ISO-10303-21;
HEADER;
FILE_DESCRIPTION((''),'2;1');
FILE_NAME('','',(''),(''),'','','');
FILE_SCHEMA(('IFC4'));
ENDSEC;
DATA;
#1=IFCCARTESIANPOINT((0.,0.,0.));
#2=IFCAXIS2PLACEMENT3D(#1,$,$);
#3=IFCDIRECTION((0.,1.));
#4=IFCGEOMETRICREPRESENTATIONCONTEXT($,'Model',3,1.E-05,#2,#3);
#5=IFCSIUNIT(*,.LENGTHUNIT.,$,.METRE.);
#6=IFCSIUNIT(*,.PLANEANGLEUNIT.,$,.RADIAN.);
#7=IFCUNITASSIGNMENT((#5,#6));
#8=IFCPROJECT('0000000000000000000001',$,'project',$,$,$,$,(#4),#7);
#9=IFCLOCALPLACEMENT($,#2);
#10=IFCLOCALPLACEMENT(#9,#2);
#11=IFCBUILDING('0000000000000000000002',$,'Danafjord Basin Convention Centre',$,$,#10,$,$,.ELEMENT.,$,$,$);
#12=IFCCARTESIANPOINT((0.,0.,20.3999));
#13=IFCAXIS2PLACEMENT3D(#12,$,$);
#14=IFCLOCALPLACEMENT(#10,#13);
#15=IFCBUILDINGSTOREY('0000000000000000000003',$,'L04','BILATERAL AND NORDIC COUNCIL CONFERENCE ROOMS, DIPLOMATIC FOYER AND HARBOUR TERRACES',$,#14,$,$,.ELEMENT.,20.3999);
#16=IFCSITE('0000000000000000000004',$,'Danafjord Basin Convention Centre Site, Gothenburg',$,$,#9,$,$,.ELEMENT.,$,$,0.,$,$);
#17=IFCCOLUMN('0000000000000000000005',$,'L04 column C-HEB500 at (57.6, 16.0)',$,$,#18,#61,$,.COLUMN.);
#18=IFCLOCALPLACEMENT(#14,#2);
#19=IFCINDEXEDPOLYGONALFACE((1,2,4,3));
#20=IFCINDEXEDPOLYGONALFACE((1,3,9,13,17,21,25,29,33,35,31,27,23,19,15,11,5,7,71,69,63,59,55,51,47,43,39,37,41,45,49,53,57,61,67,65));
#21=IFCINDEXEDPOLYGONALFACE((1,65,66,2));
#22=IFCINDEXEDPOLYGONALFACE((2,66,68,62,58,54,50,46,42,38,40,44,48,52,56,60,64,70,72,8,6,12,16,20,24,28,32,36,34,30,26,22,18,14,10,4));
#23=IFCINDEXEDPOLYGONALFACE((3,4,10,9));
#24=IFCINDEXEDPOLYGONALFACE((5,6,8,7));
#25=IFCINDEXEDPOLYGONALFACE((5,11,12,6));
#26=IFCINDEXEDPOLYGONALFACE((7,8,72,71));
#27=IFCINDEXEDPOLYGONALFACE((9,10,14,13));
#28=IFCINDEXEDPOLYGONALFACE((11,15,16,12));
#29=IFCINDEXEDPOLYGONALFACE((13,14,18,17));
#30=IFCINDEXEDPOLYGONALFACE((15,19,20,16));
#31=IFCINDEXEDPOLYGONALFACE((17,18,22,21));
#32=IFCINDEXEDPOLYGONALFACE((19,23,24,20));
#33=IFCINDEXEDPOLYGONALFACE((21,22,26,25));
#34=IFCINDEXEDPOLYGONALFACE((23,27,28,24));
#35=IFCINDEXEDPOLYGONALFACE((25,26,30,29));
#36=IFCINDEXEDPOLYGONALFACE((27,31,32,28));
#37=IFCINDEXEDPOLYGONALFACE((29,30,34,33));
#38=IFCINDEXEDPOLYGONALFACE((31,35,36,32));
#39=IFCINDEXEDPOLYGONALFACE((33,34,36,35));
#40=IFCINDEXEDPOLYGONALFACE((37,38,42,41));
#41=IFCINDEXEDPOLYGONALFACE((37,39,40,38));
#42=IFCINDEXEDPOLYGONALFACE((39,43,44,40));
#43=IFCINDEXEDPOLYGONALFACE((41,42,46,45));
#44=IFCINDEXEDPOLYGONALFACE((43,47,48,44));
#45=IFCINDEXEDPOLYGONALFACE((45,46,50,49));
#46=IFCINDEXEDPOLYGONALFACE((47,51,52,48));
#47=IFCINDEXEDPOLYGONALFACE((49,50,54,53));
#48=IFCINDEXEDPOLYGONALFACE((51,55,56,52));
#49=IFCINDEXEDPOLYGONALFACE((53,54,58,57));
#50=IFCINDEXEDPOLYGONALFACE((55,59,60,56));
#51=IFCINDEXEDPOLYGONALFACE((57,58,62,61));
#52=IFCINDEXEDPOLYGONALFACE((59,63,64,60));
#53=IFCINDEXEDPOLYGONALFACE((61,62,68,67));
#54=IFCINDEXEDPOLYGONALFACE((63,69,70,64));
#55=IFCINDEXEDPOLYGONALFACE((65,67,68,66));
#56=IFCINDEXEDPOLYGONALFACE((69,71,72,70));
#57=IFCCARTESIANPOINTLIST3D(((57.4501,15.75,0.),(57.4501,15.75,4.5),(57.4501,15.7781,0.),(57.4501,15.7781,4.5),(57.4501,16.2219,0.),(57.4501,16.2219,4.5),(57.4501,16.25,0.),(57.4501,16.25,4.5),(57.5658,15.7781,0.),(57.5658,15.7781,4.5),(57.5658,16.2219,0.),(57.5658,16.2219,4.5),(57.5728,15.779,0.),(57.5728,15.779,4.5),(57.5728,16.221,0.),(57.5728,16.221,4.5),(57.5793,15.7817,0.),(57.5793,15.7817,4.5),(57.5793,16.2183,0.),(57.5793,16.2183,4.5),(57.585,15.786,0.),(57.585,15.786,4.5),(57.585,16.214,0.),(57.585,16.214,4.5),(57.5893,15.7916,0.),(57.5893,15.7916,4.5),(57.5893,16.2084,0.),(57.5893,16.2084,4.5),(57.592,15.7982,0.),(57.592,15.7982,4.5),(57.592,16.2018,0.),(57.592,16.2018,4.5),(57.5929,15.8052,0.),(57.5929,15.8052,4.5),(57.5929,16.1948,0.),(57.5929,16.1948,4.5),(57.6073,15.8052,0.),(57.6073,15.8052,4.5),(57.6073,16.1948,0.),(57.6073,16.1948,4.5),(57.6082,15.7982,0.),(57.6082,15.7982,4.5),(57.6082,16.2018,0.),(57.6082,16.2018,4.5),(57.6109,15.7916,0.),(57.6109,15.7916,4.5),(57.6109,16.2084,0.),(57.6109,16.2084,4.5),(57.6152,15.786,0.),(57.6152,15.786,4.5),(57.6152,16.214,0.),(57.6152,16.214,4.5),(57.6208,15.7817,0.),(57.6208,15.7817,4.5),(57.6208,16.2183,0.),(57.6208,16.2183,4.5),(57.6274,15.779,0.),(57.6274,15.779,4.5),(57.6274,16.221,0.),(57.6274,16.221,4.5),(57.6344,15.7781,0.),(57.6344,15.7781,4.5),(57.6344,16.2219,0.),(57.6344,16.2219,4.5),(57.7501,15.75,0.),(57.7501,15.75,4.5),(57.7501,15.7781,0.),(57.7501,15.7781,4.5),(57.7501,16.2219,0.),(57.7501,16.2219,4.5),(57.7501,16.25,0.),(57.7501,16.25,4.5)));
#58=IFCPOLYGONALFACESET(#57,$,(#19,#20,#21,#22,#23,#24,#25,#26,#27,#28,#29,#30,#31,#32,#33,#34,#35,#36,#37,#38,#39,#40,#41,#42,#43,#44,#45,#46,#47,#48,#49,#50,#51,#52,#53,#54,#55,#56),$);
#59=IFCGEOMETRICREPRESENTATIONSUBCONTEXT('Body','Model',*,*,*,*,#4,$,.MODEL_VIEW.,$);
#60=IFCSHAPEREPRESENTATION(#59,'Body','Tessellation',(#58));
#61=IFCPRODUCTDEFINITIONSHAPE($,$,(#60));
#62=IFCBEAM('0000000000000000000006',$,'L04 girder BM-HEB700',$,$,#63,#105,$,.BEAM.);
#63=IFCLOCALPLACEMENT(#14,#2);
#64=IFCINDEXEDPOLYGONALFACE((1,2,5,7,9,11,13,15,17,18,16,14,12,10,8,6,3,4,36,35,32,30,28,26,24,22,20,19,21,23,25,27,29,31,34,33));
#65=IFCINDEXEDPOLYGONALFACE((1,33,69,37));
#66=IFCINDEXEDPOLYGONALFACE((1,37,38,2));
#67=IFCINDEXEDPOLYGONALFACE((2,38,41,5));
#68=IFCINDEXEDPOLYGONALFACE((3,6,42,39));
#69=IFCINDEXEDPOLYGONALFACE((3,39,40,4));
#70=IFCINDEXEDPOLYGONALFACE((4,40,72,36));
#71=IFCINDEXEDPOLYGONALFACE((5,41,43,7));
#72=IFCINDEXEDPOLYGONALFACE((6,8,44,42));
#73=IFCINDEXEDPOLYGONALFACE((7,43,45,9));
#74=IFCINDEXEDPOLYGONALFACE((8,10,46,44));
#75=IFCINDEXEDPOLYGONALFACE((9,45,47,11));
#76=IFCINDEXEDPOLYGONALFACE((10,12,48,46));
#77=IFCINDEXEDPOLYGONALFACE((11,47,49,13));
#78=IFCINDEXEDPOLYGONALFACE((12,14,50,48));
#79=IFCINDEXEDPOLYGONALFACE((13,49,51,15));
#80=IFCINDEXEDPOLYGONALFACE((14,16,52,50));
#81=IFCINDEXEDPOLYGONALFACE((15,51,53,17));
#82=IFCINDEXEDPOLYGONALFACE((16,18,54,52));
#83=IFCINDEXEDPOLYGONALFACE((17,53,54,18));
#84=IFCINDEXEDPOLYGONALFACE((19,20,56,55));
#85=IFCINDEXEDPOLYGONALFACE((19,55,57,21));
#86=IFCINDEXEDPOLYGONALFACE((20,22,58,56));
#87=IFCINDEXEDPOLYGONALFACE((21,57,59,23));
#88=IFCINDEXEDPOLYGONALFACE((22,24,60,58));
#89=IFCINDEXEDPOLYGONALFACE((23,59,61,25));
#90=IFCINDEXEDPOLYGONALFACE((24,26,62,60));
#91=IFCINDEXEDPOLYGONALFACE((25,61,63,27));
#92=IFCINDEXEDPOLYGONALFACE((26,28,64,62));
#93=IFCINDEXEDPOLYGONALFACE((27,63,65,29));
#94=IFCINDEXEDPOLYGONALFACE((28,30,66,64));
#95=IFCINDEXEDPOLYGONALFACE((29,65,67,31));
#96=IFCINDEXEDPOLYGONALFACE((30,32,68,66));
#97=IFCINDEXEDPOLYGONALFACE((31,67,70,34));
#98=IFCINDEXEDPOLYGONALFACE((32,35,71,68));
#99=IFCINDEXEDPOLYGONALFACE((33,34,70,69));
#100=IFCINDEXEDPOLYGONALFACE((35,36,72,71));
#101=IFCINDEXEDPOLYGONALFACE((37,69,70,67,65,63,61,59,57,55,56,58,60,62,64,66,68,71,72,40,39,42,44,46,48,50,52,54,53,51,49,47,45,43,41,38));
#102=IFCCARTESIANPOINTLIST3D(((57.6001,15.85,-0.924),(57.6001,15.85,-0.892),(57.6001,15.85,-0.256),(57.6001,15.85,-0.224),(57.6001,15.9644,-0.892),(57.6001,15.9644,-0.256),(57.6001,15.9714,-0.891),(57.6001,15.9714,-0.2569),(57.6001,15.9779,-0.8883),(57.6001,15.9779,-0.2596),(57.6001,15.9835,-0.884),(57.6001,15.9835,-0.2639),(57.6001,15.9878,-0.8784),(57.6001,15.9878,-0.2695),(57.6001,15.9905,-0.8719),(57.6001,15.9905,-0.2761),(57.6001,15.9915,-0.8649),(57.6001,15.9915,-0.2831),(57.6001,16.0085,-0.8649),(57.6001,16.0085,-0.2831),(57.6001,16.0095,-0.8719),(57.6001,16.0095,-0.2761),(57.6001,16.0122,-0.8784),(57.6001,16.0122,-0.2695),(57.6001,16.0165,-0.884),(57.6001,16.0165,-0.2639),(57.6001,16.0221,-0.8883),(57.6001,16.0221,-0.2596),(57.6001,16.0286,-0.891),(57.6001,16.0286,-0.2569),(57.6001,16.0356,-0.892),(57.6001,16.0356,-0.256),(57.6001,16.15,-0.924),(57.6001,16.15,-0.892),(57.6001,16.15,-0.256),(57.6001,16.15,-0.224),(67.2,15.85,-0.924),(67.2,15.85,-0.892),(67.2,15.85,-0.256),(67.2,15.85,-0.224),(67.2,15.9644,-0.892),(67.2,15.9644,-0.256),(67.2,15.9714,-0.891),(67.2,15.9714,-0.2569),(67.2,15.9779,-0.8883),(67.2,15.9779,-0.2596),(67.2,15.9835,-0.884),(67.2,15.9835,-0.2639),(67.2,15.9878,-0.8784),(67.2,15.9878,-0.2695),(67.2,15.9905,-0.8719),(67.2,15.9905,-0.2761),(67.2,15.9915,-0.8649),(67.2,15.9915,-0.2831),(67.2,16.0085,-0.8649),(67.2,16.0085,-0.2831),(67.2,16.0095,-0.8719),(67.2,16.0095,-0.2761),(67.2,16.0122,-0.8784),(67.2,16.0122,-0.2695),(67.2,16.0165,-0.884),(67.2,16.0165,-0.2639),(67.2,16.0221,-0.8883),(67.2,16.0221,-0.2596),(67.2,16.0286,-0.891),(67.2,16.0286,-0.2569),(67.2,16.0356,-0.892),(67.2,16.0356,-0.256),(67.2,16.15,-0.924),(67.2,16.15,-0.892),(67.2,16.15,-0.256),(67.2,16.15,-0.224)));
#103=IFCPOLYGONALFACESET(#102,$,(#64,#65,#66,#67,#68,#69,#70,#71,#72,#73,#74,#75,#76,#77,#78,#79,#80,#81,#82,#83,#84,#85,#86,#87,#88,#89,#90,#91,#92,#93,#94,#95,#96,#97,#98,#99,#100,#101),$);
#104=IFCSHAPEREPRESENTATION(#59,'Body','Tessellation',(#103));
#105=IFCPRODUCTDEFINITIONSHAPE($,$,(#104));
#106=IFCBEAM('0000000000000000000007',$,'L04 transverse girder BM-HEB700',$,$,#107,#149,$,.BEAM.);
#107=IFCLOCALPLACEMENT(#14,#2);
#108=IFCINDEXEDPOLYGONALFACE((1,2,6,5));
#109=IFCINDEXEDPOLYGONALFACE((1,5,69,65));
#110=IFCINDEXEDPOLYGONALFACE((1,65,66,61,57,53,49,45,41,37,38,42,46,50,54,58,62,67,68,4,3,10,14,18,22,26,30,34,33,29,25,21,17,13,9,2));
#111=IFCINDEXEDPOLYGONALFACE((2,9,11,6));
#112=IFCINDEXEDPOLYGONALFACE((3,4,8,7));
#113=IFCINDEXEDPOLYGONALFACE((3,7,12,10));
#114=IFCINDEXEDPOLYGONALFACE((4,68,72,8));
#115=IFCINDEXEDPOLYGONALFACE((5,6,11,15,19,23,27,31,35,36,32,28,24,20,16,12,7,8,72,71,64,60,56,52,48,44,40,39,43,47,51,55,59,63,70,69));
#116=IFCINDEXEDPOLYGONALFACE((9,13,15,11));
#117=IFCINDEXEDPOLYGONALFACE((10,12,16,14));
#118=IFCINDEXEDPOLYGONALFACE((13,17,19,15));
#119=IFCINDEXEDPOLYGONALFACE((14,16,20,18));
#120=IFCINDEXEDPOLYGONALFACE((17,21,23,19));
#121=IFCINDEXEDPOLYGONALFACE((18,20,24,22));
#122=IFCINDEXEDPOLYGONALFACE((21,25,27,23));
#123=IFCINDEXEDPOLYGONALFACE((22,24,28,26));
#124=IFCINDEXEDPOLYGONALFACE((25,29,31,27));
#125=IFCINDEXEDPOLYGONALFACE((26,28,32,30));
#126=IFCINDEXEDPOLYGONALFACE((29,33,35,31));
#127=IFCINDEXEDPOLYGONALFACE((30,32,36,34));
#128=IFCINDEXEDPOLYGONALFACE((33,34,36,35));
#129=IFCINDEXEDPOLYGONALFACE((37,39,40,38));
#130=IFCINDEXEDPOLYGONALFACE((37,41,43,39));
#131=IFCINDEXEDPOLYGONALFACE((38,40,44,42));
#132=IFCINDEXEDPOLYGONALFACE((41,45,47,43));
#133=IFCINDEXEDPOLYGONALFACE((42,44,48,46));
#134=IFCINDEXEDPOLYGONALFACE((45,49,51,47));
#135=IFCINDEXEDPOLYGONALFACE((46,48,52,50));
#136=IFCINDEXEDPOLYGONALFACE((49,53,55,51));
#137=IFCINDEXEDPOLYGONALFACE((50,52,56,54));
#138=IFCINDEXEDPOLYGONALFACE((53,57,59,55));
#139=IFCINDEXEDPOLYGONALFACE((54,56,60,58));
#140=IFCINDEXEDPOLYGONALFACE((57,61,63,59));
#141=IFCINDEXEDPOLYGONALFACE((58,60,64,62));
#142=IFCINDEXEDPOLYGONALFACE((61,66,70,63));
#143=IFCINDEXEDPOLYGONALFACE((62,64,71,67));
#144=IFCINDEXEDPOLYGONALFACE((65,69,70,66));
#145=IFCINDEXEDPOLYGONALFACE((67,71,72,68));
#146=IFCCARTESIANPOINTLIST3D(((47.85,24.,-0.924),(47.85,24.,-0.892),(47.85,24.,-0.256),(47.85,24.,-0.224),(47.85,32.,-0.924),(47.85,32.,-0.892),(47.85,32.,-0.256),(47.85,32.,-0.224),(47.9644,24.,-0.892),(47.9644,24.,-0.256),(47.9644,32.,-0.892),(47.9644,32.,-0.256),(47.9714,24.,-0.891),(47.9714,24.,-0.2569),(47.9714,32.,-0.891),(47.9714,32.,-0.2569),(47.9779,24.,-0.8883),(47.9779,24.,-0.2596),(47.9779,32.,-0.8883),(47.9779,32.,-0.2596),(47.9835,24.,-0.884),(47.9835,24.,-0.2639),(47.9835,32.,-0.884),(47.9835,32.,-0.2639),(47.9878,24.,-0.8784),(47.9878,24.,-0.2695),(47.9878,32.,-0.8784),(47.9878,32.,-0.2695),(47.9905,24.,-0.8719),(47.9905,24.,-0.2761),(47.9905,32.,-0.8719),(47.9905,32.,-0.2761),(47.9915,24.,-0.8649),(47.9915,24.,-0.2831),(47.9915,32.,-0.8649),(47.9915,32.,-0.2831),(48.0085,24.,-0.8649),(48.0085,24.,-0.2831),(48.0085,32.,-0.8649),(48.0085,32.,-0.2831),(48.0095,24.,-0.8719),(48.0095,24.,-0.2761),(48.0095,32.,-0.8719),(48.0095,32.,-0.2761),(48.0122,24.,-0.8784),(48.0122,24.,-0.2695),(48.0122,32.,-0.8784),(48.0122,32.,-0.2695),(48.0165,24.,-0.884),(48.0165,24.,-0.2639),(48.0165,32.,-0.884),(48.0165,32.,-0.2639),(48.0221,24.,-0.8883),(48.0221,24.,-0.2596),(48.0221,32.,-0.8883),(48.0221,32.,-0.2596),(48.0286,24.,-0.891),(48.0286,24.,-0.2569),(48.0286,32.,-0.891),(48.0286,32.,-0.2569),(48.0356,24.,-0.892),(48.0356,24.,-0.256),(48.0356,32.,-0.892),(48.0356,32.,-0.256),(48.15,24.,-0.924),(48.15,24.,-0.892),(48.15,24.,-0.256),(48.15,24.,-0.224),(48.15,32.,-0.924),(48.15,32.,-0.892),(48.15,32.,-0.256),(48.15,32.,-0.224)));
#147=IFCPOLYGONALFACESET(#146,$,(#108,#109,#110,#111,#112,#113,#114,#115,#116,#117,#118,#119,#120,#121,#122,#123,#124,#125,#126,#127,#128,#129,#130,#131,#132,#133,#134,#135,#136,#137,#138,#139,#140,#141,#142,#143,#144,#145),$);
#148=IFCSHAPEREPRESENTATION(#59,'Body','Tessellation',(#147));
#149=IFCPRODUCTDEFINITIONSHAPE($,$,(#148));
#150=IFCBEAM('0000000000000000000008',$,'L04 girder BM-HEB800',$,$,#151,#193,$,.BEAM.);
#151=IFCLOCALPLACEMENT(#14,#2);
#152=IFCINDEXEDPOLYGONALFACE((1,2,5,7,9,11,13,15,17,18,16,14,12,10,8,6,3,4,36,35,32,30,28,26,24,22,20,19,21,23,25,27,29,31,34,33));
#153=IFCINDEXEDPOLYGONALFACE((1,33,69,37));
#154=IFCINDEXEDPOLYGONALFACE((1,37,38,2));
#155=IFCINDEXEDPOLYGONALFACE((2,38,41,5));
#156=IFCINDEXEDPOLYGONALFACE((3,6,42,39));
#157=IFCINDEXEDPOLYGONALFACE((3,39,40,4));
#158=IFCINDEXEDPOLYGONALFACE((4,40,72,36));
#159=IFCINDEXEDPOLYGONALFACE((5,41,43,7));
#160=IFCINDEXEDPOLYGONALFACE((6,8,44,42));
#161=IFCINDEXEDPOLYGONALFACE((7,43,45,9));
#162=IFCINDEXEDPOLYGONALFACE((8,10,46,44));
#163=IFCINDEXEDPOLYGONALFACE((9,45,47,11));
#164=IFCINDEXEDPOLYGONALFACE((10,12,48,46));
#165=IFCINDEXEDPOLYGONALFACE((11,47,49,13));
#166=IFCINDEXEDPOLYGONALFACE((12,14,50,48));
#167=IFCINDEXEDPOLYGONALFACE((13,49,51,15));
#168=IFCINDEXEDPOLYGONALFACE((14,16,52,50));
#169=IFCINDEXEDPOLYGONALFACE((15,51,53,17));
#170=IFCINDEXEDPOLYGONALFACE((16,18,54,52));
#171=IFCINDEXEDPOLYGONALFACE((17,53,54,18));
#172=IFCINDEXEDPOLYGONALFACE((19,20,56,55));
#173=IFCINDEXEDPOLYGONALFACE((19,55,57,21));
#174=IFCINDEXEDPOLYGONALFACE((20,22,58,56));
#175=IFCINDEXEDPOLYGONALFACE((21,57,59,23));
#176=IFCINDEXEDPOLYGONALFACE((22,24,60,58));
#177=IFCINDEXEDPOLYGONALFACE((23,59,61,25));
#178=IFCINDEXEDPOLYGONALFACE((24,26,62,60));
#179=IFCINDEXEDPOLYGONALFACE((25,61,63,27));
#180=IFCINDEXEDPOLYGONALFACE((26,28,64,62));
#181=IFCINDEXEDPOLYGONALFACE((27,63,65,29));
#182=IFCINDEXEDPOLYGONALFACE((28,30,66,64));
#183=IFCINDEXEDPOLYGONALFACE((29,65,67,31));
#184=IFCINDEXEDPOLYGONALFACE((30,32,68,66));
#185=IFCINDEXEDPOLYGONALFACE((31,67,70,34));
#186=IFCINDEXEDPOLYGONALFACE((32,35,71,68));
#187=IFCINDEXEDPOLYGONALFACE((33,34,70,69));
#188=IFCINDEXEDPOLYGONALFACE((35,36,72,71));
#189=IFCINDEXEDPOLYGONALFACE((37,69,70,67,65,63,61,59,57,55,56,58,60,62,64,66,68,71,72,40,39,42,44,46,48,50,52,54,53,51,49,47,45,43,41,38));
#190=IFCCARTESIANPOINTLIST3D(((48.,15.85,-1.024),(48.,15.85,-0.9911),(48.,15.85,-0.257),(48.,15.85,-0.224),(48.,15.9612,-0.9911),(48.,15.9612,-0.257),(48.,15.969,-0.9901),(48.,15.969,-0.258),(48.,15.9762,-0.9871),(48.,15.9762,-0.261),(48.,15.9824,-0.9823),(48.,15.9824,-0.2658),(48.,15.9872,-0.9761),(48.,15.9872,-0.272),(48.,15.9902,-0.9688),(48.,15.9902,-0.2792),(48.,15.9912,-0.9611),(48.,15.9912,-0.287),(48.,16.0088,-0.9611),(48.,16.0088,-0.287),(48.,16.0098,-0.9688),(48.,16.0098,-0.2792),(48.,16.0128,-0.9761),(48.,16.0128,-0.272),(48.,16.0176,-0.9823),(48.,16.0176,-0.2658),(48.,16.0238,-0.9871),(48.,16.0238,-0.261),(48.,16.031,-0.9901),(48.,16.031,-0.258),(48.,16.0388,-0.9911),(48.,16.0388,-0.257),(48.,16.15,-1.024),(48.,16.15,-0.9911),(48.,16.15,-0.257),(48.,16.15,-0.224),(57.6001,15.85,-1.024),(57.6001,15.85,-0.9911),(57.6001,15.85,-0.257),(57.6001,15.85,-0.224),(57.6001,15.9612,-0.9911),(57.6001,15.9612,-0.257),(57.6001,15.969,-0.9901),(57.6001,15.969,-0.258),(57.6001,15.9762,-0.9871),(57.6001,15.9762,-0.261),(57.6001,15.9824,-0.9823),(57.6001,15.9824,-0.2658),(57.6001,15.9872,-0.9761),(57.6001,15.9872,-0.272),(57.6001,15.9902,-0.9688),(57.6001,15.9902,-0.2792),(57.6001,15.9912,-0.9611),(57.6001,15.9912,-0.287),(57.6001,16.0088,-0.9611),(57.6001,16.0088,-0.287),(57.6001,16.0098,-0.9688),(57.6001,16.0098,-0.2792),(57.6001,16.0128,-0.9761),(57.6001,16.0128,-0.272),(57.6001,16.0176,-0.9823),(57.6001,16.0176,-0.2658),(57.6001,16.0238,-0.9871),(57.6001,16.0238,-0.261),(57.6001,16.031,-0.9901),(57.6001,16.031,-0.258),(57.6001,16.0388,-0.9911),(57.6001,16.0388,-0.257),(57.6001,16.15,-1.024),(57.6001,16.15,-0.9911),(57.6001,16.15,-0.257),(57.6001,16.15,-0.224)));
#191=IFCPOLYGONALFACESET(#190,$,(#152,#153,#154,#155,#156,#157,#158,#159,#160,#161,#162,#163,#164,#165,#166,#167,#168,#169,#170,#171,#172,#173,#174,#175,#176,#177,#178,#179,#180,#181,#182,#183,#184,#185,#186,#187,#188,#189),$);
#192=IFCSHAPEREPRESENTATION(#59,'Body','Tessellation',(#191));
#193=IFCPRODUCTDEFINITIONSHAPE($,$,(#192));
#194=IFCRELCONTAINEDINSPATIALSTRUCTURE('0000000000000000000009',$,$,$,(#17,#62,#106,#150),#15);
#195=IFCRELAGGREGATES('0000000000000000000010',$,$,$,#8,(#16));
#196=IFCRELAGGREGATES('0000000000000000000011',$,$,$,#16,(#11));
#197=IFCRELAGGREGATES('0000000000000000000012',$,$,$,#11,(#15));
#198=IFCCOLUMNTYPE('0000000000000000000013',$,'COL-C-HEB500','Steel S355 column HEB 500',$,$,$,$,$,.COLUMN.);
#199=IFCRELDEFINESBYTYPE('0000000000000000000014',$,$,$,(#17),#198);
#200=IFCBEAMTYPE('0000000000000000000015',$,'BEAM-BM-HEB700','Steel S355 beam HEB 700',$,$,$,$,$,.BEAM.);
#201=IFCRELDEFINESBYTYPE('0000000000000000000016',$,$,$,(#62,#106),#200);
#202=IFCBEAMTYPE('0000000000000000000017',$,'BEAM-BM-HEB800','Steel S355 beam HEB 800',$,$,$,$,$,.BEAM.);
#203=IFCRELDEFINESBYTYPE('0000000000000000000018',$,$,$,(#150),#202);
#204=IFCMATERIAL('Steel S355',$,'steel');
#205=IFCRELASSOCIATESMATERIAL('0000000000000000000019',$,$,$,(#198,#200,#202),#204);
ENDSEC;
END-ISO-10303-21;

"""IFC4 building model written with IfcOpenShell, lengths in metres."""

from ifc_helpers import new_model, si_unit, direction, frame, origin, origin_2d, place, context, subcontext, project, spatial, i_section, extrude, material, material_profile, profile_set, type_object, element, save


model = new_model("IFC4")

# Units and contexts
model_context = context("Model", 3, precision=1e-05, world=origin(), true_north=direction((0.0, 1.0)))
body_context = subcontext(model_context, "Body", "Model", "MODEL_VIEW")
ifc_project = project(units=[si_unit("LENGTHUNIT", "METRE"), si_unit("PLANEANGLEUNIT", "RADIAN")], contexts=[model_context])

# Site, building, storey
site_placement = place(None, origin())
site = spatial("IfcSite", under=ifc_project, at=site_placement, Name="Danafjord Basin Convention Centre Site, Gothenburg", CompositionType="ELEMENT", RefElevation=0.0)
building_placement = place(site_placement, origin())
building = spatial("IfcBuilding", under=site, at=building_placement, Name="Danafjord Basin Convention Centre", CompositionType="ELEMENT")
storey_placement = place(building_placement, frame((0.0, 0.0, 20.3999)))
storey = spatial("IfcBuildingStorey", under=building, at=storey_placement, Name="L04", Description="BILATERAL AND NORDIC COUNCIL CONFERENCE ROOMS, DIPLOMATIC FOYER AND HARBOUR TERRACES", CompositionType="ELEMENT", Elevation=20.3999)

# Column
ifc_material_1 = material(Name="Steel S355", Category="steel")
ifc_material_profile_1 = material_profile(ifc_material_1, i_section(OverallWidth=0.3, OverallDepth=0.5, WebThickness=0.0144, FlangeThickness=0.0281, FilletRadius=0.0271, at=origin_2d()), Name="HEB 500")
ifc_profile_set_1 = profile_set([ifc_material_profile_1], Name="Steel S355")
column_type = type_object("IfcColumnType", Name="COL-C-HEB500", Description="Steel S355 column HEB 500", PredefinedType="COLUMN", material=ifc_profile_set_1)
column_placement = place(storey_placement, frame((57.6001, 16.0, 0.0), z_axis=(0.0, 0.0, 1.0), x_axis=(1.0, 0.0, 0.0)))
element("IfcColumn", 1, at=column_placement, inside=storey, type_object=column_type, Name="L04 column C-HEB500 at (57.6, 16.0)", PredefinedType="COLUMN", context=body_context, shape_type="SweptSolid", body=[
    extrude(i_section(OverallWidth=0.3, OverallDepth=0.5, WebThickness=0.0144, FlangeThickness=0.0281, FilletRadius=0.0271, at=origin_2d()), origin(), (0.0, 0.0, 1.0), 4.5),
])

# Beams
ifc_material_profile_2 = material_profile(ifc_material_1, i_section(OverallWidth=0.3, OverallDepth=0.7, WebThickness=0.0171, FlangeThickness=0.032, FilletRadius=0.0271, at=origin_2d()), Name="HEB 700")
ifc_profile_set_2 = profile_set([ifc_material_profile_2], Name="Steel S355")
beam_type_1 = type_object("IfcBeamType", Name="BEAM-BM-HEB700", Description="Steel S355 beam HEB 700", PredefinedType="BEAM", material=ifc_profile_set_2)
beam_1_placement = place(storey_placement, frame((57.6001, 16.0, -0.574), z_axis=(1.0, 0.0, 0.0), x_axis=(0.0, 1.0, 0.0)))
element("IfcBeam", 2, at=beam_1_placement, inside=storey, type_object=beam_type_1, Name="L04 girder BM-HEB700", PredefinedType="BEAM", context=body_context, shape_type="SweptSolid", body=[
    extrude(i_section(OverallWidth=0.3, OverallDepth=0.7, WebThickness=0.0171, FlangeThickness=0.032, FilletRadius=0.0271, at=origin_2d()), origin(), (0.0, 0.0, 1.0), 9.5999),
])
beam_2_placement = place(storey_placement, frame((48.0, 24.0, -0.574), z_axis=(0.0, 1.0, 0.0), x_axis=(-1.0, 0.0, 0.0)))
element("IfcBeam", 3, at=beam_2_placement, inside=storey, type_object=beam_type_1, Name="L04 transverse girder BM-HEB700", PredefinedType="BEAM", context=body_context, shape_type="SweptSolid", body=[
    extrude(i_section(OverallWidth=0.3, OverallDepth=0.7, WebThickness=0.0171, FlangeThickness=0.032, FilletRadius=0.0271, at=origin_2d()), origin(), (0.0, 0.0, 1.0), 8.0),
])
ifc_material_profile_3 = material_profile(ifc_material_1, i_section(OverallWidth=0.3, OverallDepth=0.8, WebThickness=0.0176, FlangeThickness=0.033, FilletRadius=0.03, at=origin_2d()), Name="HEB 800")
ifc_profile_set_3 = profile_set([ifc_material_profile_3], Name="Steel S355")
beam_type_2 = type_object("IfcBeamType", Name="BEAM-BM-HEB800", Description="Steel S355 beam HEB 800", PredefinedType="BEAM", material=ifc_profile_set_3)
beam_3_placement = place(storey_placement, frame((48.0, 16.0, -0.624), z_axis=(1.0, 0.0, 0.0), x_axis=(0.0, 1.0, 0.0)))
element("IfcBeam", 4, at=beam_3_placement, inside=storey, type_object=beam_type_2, Name="L04 girder BM-HEB800", PredefinedType="BEAM", context=body_context, shape_type="SweptSolid", body=[
    extrude(i_section(OverallWidth=0.3, OverallDepth=0.8, WebThickness=0.0176, FlangeThickness=0.033, FilletRadius=0.03, at=origin_2d()), origin(), (0.0, 0.0, 1.0), 9.6001),
])

save(model, "model.ifc")
